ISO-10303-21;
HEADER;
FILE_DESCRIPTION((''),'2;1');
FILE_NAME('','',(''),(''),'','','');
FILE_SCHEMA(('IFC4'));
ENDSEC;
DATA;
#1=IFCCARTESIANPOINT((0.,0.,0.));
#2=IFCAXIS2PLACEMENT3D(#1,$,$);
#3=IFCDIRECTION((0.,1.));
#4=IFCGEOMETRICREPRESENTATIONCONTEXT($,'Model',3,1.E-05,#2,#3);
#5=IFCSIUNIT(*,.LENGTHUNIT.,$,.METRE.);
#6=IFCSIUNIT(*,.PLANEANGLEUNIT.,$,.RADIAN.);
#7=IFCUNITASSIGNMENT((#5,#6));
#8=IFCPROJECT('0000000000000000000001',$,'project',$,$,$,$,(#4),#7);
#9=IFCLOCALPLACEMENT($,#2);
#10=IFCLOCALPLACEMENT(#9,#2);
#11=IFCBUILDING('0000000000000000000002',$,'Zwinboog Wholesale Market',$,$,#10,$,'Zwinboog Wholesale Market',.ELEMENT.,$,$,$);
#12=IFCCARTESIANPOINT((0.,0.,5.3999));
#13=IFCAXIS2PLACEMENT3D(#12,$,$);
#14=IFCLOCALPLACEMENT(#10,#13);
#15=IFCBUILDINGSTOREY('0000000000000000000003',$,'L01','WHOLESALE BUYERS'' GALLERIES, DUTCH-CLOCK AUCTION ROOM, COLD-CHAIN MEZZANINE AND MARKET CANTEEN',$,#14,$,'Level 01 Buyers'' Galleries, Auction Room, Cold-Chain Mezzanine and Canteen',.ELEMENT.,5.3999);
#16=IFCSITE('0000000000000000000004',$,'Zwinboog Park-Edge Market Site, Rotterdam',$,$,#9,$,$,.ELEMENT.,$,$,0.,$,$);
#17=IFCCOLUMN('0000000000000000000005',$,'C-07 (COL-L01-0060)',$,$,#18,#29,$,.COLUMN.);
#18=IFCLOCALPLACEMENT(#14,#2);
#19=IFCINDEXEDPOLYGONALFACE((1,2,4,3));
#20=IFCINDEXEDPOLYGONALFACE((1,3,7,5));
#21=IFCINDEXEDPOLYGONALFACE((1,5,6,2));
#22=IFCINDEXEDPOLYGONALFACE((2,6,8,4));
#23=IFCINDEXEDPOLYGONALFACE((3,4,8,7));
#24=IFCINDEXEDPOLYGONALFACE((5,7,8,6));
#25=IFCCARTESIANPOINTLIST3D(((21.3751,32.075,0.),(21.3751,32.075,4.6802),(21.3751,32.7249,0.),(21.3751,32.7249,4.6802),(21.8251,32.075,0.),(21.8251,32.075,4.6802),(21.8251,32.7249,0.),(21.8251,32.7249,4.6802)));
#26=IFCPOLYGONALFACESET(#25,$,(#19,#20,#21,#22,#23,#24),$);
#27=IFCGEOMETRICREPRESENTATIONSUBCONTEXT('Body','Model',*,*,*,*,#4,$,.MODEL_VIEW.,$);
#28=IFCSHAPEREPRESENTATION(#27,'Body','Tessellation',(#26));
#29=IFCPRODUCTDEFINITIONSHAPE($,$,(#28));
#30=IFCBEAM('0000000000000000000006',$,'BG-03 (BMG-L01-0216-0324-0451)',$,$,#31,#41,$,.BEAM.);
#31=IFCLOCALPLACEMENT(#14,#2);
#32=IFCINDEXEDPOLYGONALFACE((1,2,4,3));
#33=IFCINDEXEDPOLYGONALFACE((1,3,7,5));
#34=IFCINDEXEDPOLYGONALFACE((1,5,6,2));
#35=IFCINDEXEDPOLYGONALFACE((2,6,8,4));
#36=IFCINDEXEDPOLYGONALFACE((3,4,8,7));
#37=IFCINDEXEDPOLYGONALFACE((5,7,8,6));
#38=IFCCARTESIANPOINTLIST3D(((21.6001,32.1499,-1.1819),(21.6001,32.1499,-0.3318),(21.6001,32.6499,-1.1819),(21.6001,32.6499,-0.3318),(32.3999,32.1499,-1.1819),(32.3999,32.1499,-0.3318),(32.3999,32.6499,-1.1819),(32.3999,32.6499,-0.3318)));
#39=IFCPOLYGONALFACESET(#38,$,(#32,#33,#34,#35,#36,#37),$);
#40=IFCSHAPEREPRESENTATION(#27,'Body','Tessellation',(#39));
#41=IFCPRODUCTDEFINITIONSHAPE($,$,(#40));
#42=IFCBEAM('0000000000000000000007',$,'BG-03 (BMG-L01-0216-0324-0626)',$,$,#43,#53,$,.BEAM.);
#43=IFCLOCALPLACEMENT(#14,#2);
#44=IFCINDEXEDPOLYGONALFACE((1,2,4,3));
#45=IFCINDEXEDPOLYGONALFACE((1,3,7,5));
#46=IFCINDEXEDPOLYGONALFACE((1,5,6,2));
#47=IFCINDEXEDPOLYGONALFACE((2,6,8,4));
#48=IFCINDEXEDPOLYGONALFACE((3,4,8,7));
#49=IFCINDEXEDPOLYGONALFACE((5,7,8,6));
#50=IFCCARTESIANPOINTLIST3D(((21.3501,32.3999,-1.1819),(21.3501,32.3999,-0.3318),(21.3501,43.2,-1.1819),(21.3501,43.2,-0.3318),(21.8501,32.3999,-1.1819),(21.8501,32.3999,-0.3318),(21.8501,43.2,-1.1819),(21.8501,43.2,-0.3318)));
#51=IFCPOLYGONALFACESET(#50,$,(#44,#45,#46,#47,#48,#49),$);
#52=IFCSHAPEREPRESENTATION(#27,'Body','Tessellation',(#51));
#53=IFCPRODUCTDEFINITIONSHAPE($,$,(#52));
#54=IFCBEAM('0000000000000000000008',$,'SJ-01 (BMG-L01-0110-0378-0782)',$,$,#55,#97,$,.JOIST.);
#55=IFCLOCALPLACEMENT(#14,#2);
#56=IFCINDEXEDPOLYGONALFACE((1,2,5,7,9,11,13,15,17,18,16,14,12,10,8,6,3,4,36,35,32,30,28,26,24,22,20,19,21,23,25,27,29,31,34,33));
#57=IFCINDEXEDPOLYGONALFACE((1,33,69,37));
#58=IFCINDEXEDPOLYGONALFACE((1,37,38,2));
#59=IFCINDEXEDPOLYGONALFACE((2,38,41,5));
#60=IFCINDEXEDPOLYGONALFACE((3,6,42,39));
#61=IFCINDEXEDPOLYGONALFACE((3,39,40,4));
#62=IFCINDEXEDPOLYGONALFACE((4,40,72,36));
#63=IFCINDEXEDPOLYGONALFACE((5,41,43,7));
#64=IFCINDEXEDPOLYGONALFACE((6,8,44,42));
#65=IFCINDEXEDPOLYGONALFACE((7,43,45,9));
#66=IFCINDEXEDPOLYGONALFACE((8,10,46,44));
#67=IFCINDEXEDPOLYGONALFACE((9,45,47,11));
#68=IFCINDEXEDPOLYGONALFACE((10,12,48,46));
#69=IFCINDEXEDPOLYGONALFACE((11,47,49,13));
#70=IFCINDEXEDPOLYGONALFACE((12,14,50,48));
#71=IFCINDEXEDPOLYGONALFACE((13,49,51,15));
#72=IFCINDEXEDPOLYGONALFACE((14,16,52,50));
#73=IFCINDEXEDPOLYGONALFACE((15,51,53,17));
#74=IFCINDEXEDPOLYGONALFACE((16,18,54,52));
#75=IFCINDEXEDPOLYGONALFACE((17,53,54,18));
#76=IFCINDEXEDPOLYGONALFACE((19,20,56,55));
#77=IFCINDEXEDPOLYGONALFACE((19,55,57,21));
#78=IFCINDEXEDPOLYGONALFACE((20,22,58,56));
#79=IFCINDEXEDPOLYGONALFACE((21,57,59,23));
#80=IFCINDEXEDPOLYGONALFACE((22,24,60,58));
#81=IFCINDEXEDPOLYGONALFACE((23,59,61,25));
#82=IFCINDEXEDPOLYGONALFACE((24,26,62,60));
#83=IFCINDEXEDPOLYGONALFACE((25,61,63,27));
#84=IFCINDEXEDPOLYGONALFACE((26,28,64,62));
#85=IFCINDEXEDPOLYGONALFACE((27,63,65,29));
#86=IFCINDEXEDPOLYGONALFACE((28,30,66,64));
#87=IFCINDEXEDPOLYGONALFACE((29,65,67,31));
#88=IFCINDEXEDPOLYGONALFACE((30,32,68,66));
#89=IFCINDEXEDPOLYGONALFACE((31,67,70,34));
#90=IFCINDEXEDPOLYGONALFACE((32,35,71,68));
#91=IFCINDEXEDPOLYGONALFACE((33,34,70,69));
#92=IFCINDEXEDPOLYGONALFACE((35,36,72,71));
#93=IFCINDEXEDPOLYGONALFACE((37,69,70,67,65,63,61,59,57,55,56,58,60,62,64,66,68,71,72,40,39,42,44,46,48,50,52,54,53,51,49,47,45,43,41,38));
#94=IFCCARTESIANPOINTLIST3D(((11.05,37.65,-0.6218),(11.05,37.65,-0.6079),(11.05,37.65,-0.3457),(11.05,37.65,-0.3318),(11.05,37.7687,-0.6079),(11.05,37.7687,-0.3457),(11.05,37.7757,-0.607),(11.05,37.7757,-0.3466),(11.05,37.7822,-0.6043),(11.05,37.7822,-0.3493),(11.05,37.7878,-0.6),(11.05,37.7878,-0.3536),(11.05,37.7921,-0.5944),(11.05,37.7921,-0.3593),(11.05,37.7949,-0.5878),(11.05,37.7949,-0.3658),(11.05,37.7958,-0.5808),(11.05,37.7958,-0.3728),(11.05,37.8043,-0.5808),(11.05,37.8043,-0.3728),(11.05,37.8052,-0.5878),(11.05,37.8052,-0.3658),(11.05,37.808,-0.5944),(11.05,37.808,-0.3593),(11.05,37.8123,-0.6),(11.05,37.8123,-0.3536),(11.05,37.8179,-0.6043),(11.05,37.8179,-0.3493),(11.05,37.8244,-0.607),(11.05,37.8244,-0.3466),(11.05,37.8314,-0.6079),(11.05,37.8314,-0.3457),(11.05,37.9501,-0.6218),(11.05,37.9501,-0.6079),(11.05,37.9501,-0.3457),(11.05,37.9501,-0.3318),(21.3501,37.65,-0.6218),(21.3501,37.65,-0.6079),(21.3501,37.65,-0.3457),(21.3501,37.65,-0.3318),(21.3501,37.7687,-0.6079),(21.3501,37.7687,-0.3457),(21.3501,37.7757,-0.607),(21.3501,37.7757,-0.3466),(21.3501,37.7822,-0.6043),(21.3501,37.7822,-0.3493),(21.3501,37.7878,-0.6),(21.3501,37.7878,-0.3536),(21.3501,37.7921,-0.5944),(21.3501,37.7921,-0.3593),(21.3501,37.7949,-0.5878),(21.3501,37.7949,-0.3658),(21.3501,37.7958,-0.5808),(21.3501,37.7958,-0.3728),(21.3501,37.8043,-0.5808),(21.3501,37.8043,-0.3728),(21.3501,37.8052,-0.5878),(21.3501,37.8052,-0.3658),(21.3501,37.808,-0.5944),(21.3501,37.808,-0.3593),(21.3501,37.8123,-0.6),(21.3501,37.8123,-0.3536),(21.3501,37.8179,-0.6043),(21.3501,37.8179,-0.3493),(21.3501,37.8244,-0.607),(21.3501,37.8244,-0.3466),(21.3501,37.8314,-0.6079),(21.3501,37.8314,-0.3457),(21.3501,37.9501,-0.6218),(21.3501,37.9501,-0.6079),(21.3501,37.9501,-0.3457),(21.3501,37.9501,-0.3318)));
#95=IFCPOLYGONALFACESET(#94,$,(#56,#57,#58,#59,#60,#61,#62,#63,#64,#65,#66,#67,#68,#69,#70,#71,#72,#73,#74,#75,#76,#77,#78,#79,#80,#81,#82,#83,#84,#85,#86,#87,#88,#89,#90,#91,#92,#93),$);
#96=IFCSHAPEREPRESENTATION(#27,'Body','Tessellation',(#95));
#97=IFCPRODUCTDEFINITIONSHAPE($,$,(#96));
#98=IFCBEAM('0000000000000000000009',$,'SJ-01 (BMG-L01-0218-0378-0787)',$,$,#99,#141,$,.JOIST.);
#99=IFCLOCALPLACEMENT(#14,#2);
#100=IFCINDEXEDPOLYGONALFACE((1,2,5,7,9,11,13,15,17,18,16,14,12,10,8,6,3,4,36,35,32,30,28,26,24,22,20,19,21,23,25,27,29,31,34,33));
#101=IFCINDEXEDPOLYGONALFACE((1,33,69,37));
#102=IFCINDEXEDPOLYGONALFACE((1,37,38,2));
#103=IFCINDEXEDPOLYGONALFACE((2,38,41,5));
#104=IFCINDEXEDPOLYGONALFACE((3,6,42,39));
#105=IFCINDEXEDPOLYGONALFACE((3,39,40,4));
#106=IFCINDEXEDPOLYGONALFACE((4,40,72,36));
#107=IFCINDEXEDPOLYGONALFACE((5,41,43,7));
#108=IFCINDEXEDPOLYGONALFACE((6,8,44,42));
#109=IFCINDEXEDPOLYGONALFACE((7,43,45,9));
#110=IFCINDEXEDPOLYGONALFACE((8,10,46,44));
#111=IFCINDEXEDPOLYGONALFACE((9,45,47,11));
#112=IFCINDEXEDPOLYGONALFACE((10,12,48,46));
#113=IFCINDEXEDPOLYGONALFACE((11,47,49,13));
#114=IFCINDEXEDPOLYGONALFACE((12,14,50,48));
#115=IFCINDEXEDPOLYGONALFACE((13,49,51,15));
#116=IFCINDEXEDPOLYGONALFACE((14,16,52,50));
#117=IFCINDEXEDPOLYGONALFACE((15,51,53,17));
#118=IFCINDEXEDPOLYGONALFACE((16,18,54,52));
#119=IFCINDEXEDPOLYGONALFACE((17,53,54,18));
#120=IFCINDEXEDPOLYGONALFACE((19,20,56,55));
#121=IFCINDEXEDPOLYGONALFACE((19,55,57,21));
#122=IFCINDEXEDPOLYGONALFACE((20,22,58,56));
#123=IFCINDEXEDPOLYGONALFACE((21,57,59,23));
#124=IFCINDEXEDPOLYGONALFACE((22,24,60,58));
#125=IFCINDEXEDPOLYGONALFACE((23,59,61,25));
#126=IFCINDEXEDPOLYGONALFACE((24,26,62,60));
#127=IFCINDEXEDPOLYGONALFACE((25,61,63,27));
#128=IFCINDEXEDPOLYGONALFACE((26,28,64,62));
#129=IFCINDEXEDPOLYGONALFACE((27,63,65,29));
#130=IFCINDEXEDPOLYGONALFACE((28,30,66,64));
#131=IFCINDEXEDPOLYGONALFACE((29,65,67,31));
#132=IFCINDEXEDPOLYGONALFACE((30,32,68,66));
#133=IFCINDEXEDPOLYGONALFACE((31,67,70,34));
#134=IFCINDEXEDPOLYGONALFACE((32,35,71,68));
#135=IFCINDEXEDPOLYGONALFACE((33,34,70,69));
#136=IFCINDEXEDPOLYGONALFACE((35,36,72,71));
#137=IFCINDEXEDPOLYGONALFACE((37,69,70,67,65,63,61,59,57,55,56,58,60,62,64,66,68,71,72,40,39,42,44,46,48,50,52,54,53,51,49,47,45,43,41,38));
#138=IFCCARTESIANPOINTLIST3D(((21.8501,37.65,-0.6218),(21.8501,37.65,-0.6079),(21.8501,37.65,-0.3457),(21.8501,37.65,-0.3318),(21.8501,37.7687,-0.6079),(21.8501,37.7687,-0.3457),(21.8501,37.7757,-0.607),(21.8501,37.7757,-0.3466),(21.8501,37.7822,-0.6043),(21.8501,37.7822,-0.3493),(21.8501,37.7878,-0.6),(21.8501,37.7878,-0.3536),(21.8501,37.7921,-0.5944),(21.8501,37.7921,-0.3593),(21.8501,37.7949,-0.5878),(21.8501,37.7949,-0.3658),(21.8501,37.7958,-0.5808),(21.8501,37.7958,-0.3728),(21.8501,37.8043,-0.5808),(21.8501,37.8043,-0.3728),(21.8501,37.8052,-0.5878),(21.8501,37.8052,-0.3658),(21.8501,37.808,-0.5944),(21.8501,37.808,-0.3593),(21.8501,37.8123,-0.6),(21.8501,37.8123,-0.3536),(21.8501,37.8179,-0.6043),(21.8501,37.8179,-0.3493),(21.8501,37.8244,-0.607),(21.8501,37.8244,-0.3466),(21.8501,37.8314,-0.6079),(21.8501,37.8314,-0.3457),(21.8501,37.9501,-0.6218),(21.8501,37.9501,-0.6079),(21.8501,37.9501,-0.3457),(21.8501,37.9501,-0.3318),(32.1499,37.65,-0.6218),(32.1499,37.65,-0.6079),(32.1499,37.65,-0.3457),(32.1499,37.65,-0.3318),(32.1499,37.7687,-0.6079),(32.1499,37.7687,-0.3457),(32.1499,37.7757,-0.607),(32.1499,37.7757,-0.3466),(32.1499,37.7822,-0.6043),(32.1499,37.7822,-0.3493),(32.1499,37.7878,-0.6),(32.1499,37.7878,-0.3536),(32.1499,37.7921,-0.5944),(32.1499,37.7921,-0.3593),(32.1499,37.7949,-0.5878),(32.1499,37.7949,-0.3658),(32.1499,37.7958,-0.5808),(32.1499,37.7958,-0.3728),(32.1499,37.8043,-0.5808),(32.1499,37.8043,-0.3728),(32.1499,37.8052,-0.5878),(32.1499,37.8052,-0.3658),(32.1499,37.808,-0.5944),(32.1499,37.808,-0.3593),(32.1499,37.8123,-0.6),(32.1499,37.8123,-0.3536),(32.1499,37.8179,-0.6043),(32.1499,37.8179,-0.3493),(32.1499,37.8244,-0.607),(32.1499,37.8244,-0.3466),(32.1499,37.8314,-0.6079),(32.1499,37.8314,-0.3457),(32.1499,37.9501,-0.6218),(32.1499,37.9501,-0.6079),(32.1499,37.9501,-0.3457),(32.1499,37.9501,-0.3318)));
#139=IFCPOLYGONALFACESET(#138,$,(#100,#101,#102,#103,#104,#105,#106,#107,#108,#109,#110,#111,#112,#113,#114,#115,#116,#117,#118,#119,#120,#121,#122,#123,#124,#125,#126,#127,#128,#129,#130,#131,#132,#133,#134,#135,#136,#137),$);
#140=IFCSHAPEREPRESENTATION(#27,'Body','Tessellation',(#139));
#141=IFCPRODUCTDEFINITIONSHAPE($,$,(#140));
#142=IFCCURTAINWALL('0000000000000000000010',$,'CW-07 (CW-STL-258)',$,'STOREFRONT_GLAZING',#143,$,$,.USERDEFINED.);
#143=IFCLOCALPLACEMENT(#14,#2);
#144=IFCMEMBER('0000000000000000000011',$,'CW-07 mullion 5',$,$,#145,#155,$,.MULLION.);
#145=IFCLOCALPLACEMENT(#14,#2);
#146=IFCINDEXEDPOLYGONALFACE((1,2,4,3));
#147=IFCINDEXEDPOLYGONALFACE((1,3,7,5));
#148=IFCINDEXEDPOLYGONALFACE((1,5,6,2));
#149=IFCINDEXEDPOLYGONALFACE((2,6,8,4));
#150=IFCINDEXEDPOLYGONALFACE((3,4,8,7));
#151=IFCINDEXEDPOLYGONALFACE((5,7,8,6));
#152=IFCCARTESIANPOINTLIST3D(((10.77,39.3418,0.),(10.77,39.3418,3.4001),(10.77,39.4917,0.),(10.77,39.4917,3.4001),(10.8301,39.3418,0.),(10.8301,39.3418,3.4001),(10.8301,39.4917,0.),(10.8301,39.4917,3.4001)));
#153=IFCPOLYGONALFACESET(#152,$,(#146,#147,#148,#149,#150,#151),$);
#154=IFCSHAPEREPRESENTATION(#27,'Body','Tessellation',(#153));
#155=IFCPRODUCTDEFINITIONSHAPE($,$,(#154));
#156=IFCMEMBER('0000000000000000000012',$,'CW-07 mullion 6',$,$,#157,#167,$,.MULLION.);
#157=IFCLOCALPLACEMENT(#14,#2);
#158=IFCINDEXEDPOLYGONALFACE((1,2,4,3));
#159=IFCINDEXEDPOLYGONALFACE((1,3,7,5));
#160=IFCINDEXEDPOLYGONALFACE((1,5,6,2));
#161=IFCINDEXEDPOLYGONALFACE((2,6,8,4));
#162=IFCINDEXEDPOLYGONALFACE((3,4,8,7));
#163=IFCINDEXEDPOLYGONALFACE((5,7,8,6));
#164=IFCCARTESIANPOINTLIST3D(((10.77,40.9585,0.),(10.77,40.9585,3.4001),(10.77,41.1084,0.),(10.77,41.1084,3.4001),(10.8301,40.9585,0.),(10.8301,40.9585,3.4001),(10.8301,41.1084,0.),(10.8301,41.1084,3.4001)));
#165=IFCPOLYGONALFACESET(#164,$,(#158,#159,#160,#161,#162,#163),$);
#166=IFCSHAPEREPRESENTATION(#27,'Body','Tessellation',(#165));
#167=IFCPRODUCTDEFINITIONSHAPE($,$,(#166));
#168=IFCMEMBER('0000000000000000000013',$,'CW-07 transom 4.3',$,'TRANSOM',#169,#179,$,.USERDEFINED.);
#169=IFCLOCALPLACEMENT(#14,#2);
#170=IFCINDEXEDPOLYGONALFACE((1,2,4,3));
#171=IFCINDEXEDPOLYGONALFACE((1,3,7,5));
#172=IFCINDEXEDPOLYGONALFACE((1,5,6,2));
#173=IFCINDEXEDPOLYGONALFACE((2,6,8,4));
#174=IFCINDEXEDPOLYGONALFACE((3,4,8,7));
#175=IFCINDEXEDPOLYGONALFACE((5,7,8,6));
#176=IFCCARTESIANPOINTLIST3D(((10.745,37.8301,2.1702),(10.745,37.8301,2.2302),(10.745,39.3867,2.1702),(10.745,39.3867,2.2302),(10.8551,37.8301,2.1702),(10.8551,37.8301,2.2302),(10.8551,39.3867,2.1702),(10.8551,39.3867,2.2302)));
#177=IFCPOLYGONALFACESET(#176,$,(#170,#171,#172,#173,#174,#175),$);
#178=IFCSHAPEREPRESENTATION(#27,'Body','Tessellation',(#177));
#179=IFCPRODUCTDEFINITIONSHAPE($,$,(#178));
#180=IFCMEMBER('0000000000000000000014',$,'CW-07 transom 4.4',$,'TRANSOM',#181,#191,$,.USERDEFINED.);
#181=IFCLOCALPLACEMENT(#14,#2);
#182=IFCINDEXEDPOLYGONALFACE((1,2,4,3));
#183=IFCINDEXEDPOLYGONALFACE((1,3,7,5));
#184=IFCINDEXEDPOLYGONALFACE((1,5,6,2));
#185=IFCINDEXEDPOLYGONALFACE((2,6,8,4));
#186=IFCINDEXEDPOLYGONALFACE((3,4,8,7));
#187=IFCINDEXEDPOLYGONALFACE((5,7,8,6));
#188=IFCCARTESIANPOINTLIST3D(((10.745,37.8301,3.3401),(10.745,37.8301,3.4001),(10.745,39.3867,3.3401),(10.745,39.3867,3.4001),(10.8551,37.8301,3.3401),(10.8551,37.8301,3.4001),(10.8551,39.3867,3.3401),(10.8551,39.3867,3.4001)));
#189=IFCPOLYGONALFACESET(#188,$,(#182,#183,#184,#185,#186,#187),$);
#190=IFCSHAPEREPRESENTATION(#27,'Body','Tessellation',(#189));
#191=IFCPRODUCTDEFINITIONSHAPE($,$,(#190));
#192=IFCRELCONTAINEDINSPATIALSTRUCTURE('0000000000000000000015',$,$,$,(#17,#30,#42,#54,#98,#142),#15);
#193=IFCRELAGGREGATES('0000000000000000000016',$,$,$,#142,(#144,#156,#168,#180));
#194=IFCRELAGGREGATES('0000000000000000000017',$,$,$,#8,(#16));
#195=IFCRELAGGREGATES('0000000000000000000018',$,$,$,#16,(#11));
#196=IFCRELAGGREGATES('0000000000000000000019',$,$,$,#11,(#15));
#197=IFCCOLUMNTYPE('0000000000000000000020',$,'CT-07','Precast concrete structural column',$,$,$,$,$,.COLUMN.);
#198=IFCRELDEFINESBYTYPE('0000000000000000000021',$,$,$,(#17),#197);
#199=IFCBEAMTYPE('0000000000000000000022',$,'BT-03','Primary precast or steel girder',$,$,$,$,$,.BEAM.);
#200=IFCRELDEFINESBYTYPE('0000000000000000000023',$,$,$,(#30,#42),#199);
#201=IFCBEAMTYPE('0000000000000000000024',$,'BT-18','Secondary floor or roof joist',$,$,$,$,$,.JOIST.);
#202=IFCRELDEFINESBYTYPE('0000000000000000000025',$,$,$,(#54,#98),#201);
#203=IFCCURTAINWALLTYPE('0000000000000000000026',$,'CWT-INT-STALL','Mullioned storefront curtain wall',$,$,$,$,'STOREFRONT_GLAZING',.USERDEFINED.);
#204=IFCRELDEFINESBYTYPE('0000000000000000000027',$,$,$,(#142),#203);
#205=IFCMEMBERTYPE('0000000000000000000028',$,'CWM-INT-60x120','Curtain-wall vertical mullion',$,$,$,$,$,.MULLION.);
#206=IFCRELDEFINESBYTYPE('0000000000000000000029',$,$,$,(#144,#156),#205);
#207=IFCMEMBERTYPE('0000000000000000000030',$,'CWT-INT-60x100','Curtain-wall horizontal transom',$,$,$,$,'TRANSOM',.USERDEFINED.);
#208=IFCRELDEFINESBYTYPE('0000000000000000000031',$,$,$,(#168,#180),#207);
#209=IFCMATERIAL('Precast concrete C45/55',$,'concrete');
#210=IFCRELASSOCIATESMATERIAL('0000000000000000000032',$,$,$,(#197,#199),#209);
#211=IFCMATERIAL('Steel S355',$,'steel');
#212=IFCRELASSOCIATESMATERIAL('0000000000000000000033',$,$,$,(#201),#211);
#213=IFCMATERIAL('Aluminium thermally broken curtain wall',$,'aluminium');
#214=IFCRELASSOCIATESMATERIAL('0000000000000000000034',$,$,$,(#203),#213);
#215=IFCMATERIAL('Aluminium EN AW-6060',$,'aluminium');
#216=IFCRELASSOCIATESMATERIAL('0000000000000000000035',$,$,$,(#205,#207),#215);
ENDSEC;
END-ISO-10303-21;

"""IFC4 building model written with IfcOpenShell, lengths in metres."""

from ifc_helpers import new_model, si_unit, direction, frame, origin, origin_2d, place, context, subcontext, project, spatial, rectangle, i_section, extrude, material, material_profile, profile_set, type_object, element, aggregate, save


model = new_model("IFC4")

# Units and contexts
model_context = context("Model", 3, precision=1e-05, world=origin(), true_north=direction((0.0, 1.0)))
body_context = subcontext(model_context, "Body", "Model", "MODEL_VIEW")
ifc_project = project(units=[si_unit("LENGTHUNIT", "METRE"), si_unit("PLANEANGLEUNIT", "RADIAN")], contexts=[model_context])

# Site, building, storey
site_placement = place(None, origin())
site = spatial("IfcSite", under=ifc_project, at=site_placement, Name="Zwinboog Park-Edge Market Site, Rotterdam", CompositionType="ELEMENT", RefElevation=0.0)
building_placement = place(site_placement, origin())
building = spatial("IfcBuilding", under=site, at=building_placement, Name="Zwinboog Wholesale Market", LongName="Zwinboog Wholesale Market", CompositionType="ELEMENT")
storey_placement = place(building_placement, frame((0.0, 0.0, 5.3999)))
storey = spatial("IfcBuildingStorey", under=building, at=storey_placement, Name="L01", Description="WHOLESALE BUYERS' GALLERIES, DUTCH-CLOCK AUCTION ROOM, COLD-CHAIN MEZZANINE AND MARKET CANTEEN", LongName="Level 01 Buyers' Galleries, Auction Room, Cold-Chain Mezzanine and Canteen", CompositionType="ELEMENT", Elevation=5.3999)

# Column
ifc_material_1 = material(Name="Precast concrete C45/55", Category="concrete")
ifc_material_profile_1 = material_profile(ifc_material_1, rectangle(XDim=0.45, YDim=0.6499, at=origin_2d()), Name="PC 450x650")
ifc_profile_set_1 = profile_set([ifc_material_profile_1], Name="Precast concrete C45/55")
column_type = type_object("IfcColumnType", Name="CT-07", Description="Precast concrete structural column", PredefinedType="COLUMN", material=ifc_profile_set_1)
column_placement = place(storey_placement, frame((21.6001, 32.3999, 0.0), z_axis=(0.0, 0.0, 1.0), x_axis=(1.0, 0.0, 0.0)))
element("IfcColumn", 1, at=column_placement, inside=storey, type_object=column_type, Name="C-07 (COL-L01-0060)", PredefinedType="COLUMN", context=body_context, shape_type="SweptSolid", body=[
    extrude(rectangle(XDim=0.45, YDim=0.6499, at=origin_2d()), origin(), (0.0, 0.0, 1.0), 4.6802),
])

# Beams
ifc_material_profile_2 = material_profile(ifc_material_1, rectangle(XDim=0.5, YDim=0.8501, at=origin_2d()), Name="PC 500x850")
ifc_profile_set_2 = profile_set([ifc_material_profile_2], Name="Precast concrete C45/55")
beam_type_1 = type_object("IfcBeamType", Name="BT-03", Description="Primary precast or steel girder", PredefinedType="BEAM", material=ifc_profile_set_2)
beam_1_placement = place(storey_placement, frame((21.6001, 32.3999, -0.7568), z_axis=(1.0, 0.0, 0.0), x_axis=(0.0, 1.0, 0.0)))
element("IfcBeam", 2, at=beam_1_placement, inside=storey, type_object=beam_type_1, Name="BG-03 (BMG-L01-0216-0324-0451)", PredefinedType="BEAM", context=body_context, shape_type="SweptSolid", body=[
    extrude(rectangle(XDim=0.5, YDim=0.8501, at=origin_2d()), origin(), (0.0, 0.0, 1.0), 10.7998),
])
beam_2_placement = place(storey_placement, frame((21.6001, 32.3999, -0.7568), z_axis=(0.0, 1.0, 0.0), x_axis=(-1.0, 0.0, 0.0)))
element("IfcBeam", 3, at=beam_2_placement, inside=storey, type_object=beam_type_1, Name="BG-03 (BMG-L01-0216-0324-0626)", PredefinedType="BEAM", context=body_context, shape_type="SweptSolid", body=[
    extrude(rectangle(XDim=0.5, YDim=0.8501, at=origin_2d()), origin(), (0.0, 0.0, 1.0), 10.8),
])
ifc_material_2 = material(Name="Steel S355", Category="steel")
ifc_material_profile_3 = material_profile(ifc_material_2, i_section(OverallWidth=0.3, OverallDepth=0.29, WebThickness=0.0085, FlangeThickness=0.0139, FilletRadius=0.0271, at=origin_2d()), Name="HEA 300")
ifc_profile_set_3 = profile_set([ifc_material_profile_3], Name="Steel S355")
beam_type_2 = type_object("IfcBeamType", Name="BT-18", Description="Secondary floor or roof joist", PredefinedType="JOIST", material=ifc_profile_set_3)
beam_3_placement = place(storey_placement, frame((11.05, 37.8, -0.4768), z_axis=(1.0, 0.0, 0.0), x_axis=(0.0, 1.0, 0.0)))
element("IfcBeam", 4, at=beam_3_placement, inside=storey, type_object=beam_type_2, Name="SJ-01 (BMG-L01-0110-0378-0782)", PredefinedType="JOIST", context=body_context, shape_type="SweptSolid", body=[
    extrude(i_section(OverallWidth=0.3, OverallDepth=0.29, WebThickness=0.0085, FlangeThickness=0.0139, FilletRadius=0.0271, at=origin_2d()), origin(), (0.0, 0.0, 1.0), 10.3),
])
beam_4_placement = place(storey_placement, frame((21.8501, 37.8, -0.4768), z_axis=(1.0, 0.0, 0.0), x_axis=(0.0, 1.0, 0.0)))
element("IfcBeam", 5, at=beam_4_placement, inside=storey, type_object=beam_type_2, Name="SJ-01 (BMG-L01-0218-0378-0787)", PredefinedType="JOIST", context=body_context, shape_type="SweptSolid", body=[
    extrude(i_section(OverallWidth=0.3, OverallDepth=0.29, WebThickness=0.0085, FlangeThickness=0.0139, FilletRadius=0.0271, at=origin_2d()), origin(), (0.0, 0.0, 1.0), 10.2998),
])

# Curtain wall, members
ifc_material_3 = material(Name="Aluminium thermally broken curtain wall", Category="aluminium")
curtain_wall_type = type_object("IfcCurtainWallType", Name="CWT-INT-STALL", Description="Mullioned storefront curtain wall", ElementType="STOREFRONT_GLAZING", PredefinedType="USERDEFINED", material=ifc_material_3)
curtain_wall_placement = place(storey_placement, origin())
curtain_wall = element("IfcCurtainWall", 6, at=curtain_wall_placement, inside=storey, type_object=curtain_wall_type, Name="CW-07 (CW-STL-258)", ObjectType="STOREFRONT_GLAZING", PredefinedType="USERDEFINED")
ifc_material_4 = material(Name="Aluminium EN AW-6060", Category="aluminium")
ifc_material_profile_4 = material_profile(ifc_material_4, rectangle(XDim=0.0601, YDim=0.1499, at=origin_2d()), Name="AL 60x150")
ifc_profile_set_4 = profile_set([ifc_material_profile_4], Name="Aluminium EN AW-6060")
member_type_1 = type_object("IfcMemberType", Name="CWM-INT-60x120", Description="Curtain-wall vertical mullion", PredefinedType="MULLION", material=ifc_profile_set_4)
member_1_placement = place(storey_placement, frame((10.8, 39.4167, 0.0), z_axis=(0.0, 0.0, 1.0), x_axis=(-1.0, 0.0, 0.0)))
member_1 = element("IfcMember", 7, at=member_1_placement, type_object=member_type_1, Name="CW-07 mullion 5", PredefinedType="MULLION", context=body_context, shape_type="SweptSolid", body=[
    extrude(rectangle(XDim=0.0601, YDim=0.1499, at=origin_2d()), origin(), (0.0, 0.0, 1.0), 3.4001),
])
member_2_placement = place(storey_placement, frame((10.8, 41.0334, 0.0), z_axis=(0.0, 0.0, 1.0), x_axis=(-1.0, 0.0, 0.0)))
member_2 = element("IfcMember", 8, at=member_2_placement, type_object=member_type_1, Name="CW-07 mullion 6", PredefinedType="MULLION", context=body_context, shape_type="SweptSolid", body=[
    extrude(rectangle(XDim=0.0601, YDim=0.1499, at=origin_2d()), origin(), (0.0, 0.0, 1.0), 3.4001),
])
ifc_material_profile_5 = material_profile(ifc_material_4, rectangle(XDim=0.1101, YDim=0.0601, at=origin_2d()), Name="AL 60x110")
ifc_profile_set_5 = profile_set([ifc_material_profile_5], Name="Aluminium EN AW-6060")
member_type_2 = type_object("IfcMemberType", Name="CWT-INT-60x100", Description="Curtain-wall horizontal transom", ElementType="TRANSOM", PredefinedType="USERDEFINED", material=ifc_profile_set_5)
member_3_placement = place(storey_placement, frame((10.8, 37.8301, 2.2002), z_axis=(0.0, 1.0, 0.0), x_axis=(-1.0, 0.0, 0.0)))
member_3 = element("IfcMember", 9, at=member_3_placement, type_object=member_type_2, Name="CW-07 transom 4.3", ObjectType="TRANSOM", PredefinedType="USERDEFINED", context=body_context, shape_type="SweptSolid", body=[
    extrude(rectangle(XDim=0.1101, YDim=0.0601, at=origin_2d()), origin(), (0.0, 0.0, 1.0), 1.5566),
])
member_4_placement = place(storey_placement, frame((10.8, 37.8301, 3.3701), z_axis=(0.0, 1.0, 0.0), x_axis=(-1.0, 0.0, 0.0)))
member_4 = element("IfcMember", 10, at=member_4_placement, type_object=member_type_2, Name="CW-07 transom 4.4", ObjectType="TRANSOM", PredefinedType="USERDEFINED", context=body_context, shape_type="SweptSolid", body=[
    extrude(rectangle(XDim=0.1101, YDim=0.0601, at=origin_2d()), origin(), (0.0, 0.0, 1.0), 1.5566),
])
aggregate(curtain_wall, [member_1, member_2, member_3, member_4])

save(model, "model.ifc")
